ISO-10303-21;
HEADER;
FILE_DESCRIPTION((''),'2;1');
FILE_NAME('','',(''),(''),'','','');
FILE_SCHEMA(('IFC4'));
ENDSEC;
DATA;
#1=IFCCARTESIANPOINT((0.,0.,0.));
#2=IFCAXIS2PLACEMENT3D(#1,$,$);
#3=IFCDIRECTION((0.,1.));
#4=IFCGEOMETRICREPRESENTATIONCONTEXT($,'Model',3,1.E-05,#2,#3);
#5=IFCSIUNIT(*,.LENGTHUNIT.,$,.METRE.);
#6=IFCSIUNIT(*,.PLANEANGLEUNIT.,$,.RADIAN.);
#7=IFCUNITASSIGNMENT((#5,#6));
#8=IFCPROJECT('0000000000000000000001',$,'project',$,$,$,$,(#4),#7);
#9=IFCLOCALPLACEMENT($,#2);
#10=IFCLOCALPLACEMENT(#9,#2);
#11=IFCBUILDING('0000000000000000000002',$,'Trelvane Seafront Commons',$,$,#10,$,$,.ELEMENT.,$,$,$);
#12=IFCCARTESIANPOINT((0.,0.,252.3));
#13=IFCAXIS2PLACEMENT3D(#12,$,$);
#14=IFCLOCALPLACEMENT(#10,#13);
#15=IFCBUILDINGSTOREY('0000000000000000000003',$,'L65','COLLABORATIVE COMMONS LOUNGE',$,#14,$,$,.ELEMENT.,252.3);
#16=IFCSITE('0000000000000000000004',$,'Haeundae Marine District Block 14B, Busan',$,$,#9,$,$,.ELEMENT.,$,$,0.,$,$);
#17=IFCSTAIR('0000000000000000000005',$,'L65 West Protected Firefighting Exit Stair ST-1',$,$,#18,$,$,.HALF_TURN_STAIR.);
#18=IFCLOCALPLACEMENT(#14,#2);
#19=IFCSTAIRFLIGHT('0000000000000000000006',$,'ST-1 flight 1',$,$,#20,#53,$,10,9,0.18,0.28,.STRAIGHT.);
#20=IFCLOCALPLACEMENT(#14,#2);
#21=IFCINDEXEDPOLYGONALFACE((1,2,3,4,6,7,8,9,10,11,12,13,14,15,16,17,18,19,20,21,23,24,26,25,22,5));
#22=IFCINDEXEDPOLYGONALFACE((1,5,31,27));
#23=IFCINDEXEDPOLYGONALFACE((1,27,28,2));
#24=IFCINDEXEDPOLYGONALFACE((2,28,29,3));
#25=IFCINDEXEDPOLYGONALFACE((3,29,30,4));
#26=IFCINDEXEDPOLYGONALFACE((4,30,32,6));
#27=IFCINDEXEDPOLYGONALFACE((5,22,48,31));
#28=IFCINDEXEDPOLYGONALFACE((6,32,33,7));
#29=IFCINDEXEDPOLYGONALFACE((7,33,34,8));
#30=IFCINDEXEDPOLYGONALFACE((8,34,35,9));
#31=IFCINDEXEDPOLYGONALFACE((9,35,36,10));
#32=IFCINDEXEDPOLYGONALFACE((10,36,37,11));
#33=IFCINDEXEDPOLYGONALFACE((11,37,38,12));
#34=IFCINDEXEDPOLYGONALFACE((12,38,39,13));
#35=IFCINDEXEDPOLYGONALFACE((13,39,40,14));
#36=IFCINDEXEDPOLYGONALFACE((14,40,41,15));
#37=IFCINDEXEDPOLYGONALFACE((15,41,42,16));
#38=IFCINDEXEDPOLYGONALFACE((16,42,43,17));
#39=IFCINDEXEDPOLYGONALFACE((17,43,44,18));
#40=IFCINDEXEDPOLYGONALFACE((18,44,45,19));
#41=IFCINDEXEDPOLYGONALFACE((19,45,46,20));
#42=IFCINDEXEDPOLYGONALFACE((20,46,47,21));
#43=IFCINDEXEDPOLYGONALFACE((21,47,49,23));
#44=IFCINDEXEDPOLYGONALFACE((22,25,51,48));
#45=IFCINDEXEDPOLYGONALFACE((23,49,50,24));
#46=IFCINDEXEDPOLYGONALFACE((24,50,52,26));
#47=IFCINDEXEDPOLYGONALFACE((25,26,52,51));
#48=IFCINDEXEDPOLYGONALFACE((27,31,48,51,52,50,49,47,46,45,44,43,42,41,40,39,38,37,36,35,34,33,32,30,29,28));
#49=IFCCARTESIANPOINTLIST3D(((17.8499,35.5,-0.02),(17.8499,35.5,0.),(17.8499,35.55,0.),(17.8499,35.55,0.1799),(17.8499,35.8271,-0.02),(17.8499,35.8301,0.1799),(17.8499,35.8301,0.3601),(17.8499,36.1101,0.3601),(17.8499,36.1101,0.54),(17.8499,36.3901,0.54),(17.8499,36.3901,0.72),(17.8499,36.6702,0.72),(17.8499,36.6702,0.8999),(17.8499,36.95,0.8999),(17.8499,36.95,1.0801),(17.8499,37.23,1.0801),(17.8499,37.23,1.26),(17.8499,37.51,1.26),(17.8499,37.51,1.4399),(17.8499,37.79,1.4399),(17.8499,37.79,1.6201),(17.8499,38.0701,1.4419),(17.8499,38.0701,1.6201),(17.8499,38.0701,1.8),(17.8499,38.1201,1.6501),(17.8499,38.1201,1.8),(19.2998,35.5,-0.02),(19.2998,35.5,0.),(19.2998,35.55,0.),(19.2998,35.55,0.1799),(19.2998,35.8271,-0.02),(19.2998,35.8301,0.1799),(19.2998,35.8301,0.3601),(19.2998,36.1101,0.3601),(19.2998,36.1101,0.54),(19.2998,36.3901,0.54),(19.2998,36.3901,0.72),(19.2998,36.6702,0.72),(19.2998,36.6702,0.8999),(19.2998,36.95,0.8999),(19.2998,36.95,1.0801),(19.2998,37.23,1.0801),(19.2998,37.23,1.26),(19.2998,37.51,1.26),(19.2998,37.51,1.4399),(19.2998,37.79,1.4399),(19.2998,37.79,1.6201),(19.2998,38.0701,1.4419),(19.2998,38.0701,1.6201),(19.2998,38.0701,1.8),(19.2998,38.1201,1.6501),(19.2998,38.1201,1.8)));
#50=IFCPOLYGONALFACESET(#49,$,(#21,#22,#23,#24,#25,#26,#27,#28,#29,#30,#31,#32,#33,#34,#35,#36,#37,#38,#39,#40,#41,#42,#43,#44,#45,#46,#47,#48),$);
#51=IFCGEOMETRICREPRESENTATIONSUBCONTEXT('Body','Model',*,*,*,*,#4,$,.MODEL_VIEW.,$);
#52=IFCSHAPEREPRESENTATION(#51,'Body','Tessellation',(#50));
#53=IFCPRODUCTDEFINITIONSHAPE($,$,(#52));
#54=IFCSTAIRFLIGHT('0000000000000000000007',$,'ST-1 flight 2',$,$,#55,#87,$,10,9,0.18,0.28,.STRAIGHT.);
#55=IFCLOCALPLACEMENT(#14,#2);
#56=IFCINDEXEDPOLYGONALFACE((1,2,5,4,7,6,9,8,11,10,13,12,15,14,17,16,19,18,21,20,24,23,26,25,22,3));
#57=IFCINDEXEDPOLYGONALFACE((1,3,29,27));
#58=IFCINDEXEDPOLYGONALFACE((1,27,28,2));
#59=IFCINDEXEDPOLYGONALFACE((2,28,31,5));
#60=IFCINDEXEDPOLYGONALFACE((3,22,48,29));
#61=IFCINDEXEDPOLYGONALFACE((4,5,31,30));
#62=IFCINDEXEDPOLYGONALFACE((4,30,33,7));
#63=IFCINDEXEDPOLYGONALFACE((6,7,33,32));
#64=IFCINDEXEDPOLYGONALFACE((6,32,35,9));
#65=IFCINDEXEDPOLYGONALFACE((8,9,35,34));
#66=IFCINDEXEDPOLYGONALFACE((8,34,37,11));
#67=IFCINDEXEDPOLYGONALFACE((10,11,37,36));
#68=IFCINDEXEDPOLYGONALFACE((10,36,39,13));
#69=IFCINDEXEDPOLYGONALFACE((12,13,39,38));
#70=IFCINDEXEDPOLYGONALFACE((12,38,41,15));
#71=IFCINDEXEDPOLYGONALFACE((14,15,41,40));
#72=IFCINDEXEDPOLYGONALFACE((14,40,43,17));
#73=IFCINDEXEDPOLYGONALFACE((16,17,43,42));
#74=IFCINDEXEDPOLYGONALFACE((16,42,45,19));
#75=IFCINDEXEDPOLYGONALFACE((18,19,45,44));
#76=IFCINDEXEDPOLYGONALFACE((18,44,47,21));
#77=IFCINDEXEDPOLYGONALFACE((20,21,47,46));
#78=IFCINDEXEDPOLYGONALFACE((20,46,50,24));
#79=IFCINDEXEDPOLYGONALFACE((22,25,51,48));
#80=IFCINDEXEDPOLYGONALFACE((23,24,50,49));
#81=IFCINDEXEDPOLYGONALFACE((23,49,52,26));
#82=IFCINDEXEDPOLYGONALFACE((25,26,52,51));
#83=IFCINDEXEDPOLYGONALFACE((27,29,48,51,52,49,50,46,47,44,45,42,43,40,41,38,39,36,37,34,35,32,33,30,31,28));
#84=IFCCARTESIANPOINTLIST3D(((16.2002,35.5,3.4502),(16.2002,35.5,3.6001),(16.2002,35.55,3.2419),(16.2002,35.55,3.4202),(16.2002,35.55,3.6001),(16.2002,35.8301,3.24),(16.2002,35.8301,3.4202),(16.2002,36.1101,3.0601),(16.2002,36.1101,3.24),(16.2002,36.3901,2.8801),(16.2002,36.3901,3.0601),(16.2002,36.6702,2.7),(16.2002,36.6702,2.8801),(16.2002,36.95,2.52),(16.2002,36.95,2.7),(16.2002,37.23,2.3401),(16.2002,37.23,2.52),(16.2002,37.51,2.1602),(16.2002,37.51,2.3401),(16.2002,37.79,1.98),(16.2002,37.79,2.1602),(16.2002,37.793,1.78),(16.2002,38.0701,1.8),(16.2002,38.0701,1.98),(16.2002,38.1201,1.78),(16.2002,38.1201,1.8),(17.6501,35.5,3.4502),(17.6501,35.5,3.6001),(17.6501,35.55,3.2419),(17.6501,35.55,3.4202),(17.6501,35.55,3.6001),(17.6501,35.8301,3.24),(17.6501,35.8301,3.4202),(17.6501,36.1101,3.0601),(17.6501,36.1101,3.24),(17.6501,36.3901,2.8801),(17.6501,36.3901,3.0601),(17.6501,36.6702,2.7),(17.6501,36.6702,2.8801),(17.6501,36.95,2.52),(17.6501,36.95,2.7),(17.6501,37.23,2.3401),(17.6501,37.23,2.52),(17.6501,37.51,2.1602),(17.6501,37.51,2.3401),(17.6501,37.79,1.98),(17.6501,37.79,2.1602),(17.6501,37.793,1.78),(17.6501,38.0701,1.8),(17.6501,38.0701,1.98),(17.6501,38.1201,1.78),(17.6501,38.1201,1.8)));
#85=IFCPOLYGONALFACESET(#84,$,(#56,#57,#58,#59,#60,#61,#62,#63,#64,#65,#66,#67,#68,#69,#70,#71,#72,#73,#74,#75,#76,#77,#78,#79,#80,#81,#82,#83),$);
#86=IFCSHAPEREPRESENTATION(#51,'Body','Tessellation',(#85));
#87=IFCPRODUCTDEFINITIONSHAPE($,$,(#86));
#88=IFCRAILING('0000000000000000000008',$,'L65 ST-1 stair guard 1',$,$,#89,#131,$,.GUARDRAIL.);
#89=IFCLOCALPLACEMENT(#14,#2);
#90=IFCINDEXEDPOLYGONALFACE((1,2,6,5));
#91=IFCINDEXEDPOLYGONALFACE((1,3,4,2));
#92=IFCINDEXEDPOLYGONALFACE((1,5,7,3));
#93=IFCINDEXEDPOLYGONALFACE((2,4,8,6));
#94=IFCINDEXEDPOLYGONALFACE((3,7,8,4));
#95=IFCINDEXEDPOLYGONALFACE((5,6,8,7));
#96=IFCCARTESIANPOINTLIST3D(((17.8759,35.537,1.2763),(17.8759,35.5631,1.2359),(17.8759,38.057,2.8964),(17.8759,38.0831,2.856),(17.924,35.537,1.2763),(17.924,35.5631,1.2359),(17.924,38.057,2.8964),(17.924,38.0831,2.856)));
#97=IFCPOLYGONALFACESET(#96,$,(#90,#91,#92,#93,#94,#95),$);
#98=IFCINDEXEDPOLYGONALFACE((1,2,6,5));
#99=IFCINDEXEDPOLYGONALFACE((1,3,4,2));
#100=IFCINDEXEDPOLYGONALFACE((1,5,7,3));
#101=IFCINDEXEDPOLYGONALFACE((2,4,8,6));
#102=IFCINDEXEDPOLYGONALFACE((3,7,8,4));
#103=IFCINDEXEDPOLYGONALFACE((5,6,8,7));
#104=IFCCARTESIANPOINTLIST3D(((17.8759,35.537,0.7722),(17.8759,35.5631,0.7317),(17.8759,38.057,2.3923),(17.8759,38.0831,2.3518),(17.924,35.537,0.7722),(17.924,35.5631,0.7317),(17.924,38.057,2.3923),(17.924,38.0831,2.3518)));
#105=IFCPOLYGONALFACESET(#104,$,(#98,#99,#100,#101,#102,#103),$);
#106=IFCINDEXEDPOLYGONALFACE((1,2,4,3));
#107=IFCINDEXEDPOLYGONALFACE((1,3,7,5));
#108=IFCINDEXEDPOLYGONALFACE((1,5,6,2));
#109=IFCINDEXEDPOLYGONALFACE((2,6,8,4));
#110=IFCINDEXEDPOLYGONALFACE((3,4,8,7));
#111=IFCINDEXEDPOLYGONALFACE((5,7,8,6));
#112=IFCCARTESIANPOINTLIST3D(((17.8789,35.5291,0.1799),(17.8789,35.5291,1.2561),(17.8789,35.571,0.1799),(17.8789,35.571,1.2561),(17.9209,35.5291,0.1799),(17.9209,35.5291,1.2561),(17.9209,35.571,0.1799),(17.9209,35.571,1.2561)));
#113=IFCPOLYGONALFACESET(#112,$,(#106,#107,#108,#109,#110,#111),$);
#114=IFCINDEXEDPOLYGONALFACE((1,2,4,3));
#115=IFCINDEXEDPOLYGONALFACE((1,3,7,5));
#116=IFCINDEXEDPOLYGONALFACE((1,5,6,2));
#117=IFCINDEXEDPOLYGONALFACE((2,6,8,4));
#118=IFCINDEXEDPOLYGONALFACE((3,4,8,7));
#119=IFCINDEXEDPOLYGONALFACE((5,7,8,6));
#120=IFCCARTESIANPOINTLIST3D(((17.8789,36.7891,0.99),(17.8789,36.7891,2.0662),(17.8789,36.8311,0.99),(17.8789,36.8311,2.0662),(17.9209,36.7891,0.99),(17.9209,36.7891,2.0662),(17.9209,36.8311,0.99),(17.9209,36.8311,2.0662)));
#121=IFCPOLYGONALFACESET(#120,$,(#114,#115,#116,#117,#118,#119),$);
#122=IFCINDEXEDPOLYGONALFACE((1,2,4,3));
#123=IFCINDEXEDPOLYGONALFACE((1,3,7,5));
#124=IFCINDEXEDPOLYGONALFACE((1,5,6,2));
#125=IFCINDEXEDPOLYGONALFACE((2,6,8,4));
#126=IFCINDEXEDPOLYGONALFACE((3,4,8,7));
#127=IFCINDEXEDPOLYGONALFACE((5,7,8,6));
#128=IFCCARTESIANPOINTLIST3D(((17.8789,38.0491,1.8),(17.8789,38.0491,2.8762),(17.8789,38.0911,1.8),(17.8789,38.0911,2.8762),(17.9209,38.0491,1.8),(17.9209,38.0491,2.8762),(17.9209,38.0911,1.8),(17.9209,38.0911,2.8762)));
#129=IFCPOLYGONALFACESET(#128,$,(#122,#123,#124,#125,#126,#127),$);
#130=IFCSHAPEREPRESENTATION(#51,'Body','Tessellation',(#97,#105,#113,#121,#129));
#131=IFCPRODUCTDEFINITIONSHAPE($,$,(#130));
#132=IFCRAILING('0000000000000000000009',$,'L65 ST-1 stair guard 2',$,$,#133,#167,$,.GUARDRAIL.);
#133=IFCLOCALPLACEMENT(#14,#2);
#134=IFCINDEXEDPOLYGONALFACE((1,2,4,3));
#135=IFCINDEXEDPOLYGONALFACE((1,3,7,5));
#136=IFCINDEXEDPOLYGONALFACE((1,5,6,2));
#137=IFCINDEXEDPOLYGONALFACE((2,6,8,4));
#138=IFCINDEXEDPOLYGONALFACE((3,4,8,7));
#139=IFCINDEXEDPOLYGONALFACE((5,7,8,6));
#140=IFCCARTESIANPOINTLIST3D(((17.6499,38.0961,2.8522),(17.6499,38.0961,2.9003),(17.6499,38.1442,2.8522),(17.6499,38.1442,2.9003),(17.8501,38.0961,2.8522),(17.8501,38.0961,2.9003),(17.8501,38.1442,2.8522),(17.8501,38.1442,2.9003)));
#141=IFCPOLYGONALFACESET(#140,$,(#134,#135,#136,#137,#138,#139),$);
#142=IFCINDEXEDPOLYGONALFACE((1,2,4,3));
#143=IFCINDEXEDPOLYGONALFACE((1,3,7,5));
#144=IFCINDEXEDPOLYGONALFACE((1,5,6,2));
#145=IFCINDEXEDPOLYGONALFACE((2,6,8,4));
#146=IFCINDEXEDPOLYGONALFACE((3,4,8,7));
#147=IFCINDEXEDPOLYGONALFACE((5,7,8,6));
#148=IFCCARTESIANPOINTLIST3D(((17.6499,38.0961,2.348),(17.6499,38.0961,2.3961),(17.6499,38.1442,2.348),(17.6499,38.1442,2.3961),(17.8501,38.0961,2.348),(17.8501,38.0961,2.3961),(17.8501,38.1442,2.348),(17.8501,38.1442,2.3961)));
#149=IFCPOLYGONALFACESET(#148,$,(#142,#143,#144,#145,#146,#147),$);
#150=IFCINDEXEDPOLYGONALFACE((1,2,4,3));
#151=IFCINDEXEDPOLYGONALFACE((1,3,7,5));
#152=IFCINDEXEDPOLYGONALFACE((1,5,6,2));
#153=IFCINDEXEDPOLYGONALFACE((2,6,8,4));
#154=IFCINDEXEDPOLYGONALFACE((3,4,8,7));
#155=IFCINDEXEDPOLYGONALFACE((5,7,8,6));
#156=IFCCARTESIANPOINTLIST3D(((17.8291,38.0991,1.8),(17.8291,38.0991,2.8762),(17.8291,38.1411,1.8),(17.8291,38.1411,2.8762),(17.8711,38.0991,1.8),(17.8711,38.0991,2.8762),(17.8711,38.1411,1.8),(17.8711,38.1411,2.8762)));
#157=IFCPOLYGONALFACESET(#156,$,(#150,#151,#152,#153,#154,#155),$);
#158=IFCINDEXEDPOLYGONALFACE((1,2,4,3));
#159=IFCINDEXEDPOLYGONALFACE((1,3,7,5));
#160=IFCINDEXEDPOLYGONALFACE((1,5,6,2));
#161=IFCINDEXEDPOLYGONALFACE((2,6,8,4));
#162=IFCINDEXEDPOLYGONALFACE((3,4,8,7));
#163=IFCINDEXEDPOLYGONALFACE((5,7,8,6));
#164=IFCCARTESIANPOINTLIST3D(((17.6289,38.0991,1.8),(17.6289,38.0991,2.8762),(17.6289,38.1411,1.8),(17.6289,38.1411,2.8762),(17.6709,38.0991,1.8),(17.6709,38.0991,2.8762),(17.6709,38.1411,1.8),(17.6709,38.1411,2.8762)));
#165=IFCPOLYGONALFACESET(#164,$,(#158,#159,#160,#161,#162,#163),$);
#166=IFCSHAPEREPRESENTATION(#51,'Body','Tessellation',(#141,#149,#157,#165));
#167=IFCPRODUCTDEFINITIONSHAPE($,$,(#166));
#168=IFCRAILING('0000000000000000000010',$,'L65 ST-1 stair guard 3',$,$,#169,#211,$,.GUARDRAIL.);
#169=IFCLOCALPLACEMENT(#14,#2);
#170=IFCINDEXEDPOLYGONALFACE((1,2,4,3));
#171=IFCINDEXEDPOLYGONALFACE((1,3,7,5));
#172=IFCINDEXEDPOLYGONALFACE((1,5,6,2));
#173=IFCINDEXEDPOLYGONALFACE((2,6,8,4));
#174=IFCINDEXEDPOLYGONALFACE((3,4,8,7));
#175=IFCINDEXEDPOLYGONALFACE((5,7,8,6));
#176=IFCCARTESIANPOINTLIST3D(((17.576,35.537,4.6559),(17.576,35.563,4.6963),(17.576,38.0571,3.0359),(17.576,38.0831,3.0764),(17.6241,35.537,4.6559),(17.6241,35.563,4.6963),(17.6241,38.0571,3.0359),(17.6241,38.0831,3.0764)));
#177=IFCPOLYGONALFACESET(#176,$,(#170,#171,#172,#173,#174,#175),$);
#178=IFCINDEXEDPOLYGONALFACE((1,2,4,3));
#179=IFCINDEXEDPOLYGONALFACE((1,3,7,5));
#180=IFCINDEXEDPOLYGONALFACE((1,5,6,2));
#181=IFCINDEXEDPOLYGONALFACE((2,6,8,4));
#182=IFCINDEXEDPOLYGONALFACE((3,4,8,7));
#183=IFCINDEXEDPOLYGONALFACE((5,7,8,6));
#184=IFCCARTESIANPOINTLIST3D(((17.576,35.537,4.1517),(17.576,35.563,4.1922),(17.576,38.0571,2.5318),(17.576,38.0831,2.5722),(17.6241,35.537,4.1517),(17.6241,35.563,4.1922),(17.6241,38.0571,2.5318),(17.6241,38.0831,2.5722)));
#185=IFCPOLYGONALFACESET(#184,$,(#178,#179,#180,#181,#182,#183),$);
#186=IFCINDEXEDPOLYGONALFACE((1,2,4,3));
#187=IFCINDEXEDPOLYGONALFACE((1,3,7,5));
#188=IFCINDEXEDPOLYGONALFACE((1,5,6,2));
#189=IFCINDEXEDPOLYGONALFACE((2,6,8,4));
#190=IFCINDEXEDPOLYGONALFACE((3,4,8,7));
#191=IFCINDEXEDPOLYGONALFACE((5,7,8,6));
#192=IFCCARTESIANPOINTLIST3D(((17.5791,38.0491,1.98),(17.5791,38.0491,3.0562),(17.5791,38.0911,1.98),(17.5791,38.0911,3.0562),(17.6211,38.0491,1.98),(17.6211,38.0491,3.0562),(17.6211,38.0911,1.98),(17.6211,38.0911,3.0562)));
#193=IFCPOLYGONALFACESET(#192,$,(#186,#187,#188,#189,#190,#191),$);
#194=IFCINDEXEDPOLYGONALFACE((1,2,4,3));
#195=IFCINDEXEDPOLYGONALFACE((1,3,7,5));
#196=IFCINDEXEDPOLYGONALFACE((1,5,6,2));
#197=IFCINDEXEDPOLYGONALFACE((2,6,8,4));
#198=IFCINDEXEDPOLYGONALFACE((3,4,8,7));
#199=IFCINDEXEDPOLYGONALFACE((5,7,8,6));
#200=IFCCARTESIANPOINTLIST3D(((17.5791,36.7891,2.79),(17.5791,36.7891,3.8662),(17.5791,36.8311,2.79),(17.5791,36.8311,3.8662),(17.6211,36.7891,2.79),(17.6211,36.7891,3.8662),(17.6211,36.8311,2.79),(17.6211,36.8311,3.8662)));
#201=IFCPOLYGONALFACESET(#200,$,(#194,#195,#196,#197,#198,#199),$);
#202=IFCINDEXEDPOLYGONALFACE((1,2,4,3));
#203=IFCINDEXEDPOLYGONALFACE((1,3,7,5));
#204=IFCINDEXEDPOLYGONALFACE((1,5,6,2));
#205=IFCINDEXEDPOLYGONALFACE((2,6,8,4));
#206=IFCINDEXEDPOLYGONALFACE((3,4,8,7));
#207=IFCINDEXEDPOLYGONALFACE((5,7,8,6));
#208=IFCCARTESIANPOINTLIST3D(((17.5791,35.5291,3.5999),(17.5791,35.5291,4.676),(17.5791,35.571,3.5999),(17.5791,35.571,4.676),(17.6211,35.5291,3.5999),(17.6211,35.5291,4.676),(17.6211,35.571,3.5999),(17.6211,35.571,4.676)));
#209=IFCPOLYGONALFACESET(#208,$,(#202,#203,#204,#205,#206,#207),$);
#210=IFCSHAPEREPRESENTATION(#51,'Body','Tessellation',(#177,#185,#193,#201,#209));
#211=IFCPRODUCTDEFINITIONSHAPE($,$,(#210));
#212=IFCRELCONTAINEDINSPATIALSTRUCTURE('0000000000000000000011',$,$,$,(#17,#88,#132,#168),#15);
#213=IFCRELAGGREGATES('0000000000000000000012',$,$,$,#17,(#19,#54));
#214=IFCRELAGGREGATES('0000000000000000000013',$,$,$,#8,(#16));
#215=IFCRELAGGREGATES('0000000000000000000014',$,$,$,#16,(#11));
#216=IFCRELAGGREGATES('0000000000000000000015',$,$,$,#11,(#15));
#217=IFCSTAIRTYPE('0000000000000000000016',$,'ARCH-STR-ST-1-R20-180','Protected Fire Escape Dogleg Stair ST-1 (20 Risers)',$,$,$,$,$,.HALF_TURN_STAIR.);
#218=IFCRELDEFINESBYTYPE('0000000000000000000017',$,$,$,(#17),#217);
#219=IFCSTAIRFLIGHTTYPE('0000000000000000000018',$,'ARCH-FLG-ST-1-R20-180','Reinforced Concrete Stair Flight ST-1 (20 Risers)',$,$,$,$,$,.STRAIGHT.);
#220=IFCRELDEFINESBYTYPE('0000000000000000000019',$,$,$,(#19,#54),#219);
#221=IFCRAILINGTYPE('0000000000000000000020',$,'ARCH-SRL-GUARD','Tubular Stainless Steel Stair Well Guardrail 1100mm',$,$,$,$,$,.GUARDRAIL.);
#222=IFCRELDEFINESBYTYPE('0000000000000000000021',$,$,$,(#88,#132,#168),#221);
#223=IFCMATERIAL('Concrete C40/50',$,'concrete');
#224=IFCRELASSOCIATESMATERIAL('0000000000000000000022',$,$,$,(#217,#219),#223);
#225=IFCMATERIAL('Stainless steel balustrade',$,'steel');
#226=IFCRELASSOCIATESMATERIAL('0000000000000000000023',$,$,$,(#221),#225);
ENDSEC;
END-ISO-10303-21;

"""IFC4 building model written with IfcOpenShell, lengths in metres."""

from ifc_helpers import new_model, si_unit, direction, frame, origin, origin_2d, place, context, subcontext, project, spatial, polyline, rectangle, outline, extrude, source, transform, mapped, material, type_object, element, aggregate, save


model = new_model("IFC4")

# Units and contexts
model_context = context("Model", 3, precision=1e-05, world=origin(), true_north=direction((0.0, 1.0)))
body_context = subcontext(model_context, "Body", "Model", "MODEL_VIEW")
ifc_project = project(units=[si_unit("LENGTHUNIT", "METRE"), si_unit("PLANEANGLEUNIT", "RADIAN")], contexts=[model_context])

# Site, building, storey
site_placement = place(None, origin())
site = spatial("IfcSite", under=ifc_project, at=site_placement, Name="Haeundae Marine District Block 14B, Busan", CompositionType="ELEMENT", RefElevation=0.0)
building_placement = place(site_placement, origin())
building = spatial("IfcBuilding", under=site, at=building_placement, Name="Trelvane Seafront Commons", CompositionType="ELEMENT")
storey_placement = place(building_placement, frame((0.0, 0.0, 252.3)))
storey = spatial("IfcBuildingStorey", under=building, at=storey_placement, Name="L65", Description="COLLABORATIVE COMMONS LOUNGE", CompositionType="ELEMENT", Elevation=252.3)

# Shared definitions
ifc_material_1 = material(Name="Concrete C40/50", Category="concrete")
ifc_material_2 = material(Name="Stainless steel balustrade", Category="steel")

# Stair, stair flights
stair_type = type_object("IfcStairType", Name="ARCH-STR-ST-1-R20-180", Description="Protected Fire Escape Dogleg Stair ST-1 (20 Risers)", PredefinedType="HALF_TURN_STAIR", material=ifc_material_1)
stair_placement = place(storey_placement, origin())
stair = element("IfcStair", 1, at=stair_placement, inside=storey, type_object=stair_type, Name="L65 West Protected Firefighting Exit Stair ST-1", PredefinedType="HALF_TURN_STAIR")
stair_flight_type = type_object("IfcStairFlightType", Name="ARCH-FLG-ST-1-R20-180", Description="Reinforced Concrete Stair Flight ST-1 (20 Risers)", PredefinedType="STRAIGHT", material=ifc_material_1)
shared_shape_1 = source(origin(), body_context, "Body", "SweptSolid", [
    extrude(outline(polyline([(-0.05, -0.02), (-0.05, 0.0), (0.0, 0.0), (0.0, 0.1799), (0.28, 0.1799), (0.28, 0.3601), (0.5601, 0.3601), (0.5601, 0.54), (0.8401, 0.54), (0.8401, 0.72), (1.1201, 0.72), (1.1201, 0.8999), (1.3999, 0.8999), (1.3999, 1.0801), (1.6799, 1.0801), (1.6799, 1.26), (1.96, 1.26), (1.96, 1.4399), (2.24, 1.4399), (2.24, 1.6201), (2.52, 1.6201), (2.52, 1.8), (2.5701, 1.8), (2.5701, 1.6501), (2.52, 1.4419), (0.2771, -0.02), (-0.05, -0.02)])), frame((0.0, 0.7251, 0.0), z_axis=(0.0, -1.0, 0.0), x_axis=(1.0, 0.0, 0.0)), (0.0, 0.0, 1.0), 1.45),
])
stair_flight_1_placement = place(storey_placement, frame((18.575, 35.55, 0.0), z_axis=(0.0, 0.0, 1.0), x_axis=(0.0, 1.0, 0.0)))
stair_flight_1 = element("IfcStairFlight", 2, at=stair_flight_1_placement, type_object=stair_flight_type, Name="ST-1 flight 1", NumberOfRisers=10, NumberOfTreads=9, PredefinedType="STRAIGHT", RiserHeight=0.18, TreadLength=0.28, context=body_context, shape_type="MappedRepresentation", body=[
    mapped(shared_shape_1, transform((0.0, 0.0, 0.0), x_axis=(1.0, 0.0, 0.0), y_axis=(0.0, 1.0, 0.0), z_axis=(0.0, 0.0, 1.0), scale=1.0)),
])
stair_flight_2_placement = place(storey_placement, frame((16.925, 38.0701, 1.8), z_axis=(0.0, 0.0, 1.0), x_axis=(0.0, -1.0, 0.0)))
stair_flight_2 = element("IfcStairFlight", 3, at=stair_flight_2_placement, type_object=stair_flight_type, Name="ST-1 flight 2", NumberOfRisers=10, NumberOfTreads=9, PredefinedType="STRAIGHT", RiserHeight=0.18, TreadLength=0.28, context=body_context, shape_type="MappedRepresentation", body=[
    mapped(shared_shape_1, transform((0.0, 0.0, 0.0), x_axis=(1.0, 0.0, 0.0), y_axis=(0.0, 1.0, 0.0), z_axis=(0.0, 0.0, 1.0), scale=1.0)),
])
aggregate(stair, [stair_flight_1, stair_flight_2])

# Railings
railing_type_1 = type_object("IfcRailingType", Name="ARCH-SRL-GUARD", Description="Tubular Stainless Steel Stair Well Guardrail 1100mm", PredefinedType="GUARDRAIL", material=ifc_material_2)
railing_1_placement = place(storey_placement, frame((17.8999, 35.55, 0.1799)))
element("IfcRailing", 4, at=railing_1_placement, inside=storey, type_object=railing_type_1, Name="L65 ST-1 stair guard 1", PredefinedType="GUARDRAIL", context=body_context, shape_type="SweptSolid", body=[
    extrude(rectangle(XDim=0.0481, YDim=0.0481, at=origin_2d()), frame((0.0, 0.0, 1.0762), z_axis=(0.0, 0.841163, 0.540782), x_axis=(-1.0, 0.0, 0.0)), (0.0, 0.0, 1.0), 2.9958),
    extrude(rectangle(XDim=0.0481, YDim=0.0481, at=origin_2d()), frame((0.0, 0.0, 0.572), z_axis=(0.0, 0.841163, 0.540782), x_axis=(-1.0, 0.0, 0.0)), (0.0, 0.0, 1.0), 2.9958),
    extrude(rectangle(XDim=0.042, YDim=0.042, at=origin_2d()), origin(), (0.0, 0.0, 1.0), 1.0762),
    extrude(rectangle(XDim=0.042, YDim=0.042, at=origin_2d()), frame((0.0, 1.26, 0.8101)), (0.0, 0.0, 1.0), 1.0762),
    extrude(rectangle(XDim=0.042, YDim=0.042, at=origin_2d()), frame((0.0, 2.52, 1.6201)), (0.0, 0.0, 1.0), 1.0762),
])
railing_2_placement = place(storey_placement, frame((17.8501, 38.1201, 1.8)))
element("IfcRailing", 5, at=railing_2_placement, inside=storey, type_object=railing_type_1, Name="L65 ST-1 stair guard 2", PredefinedType="GUARDRAIL", context=body_context, shape_type="SweptSolid", body=[
    extrude(rectangle(XDim=0.0481, YDim=0.0481, at=origin_2d()), frame((0.0, 0.0, 1.0762), z_axis=(-1.0, 0.0, 0.0), x_axis=(0.0, -1.0, 0.0)), (0.0, 0.0, 1.0), 0.2002),
    extrude(rectangle(XDim=0.0481, YDim=0.0481, at=origin_2d()), frame((0.0, 0.0, 0.572), z_axis=(-1.0, 0.0, 0.0), x_axis=(0.0, -1.0, 0.0)), (0.0, 0.0, 1.0), 0.2002),
    extrude(rectangle(XDim=0.042, YDim=0.042, at=origin_2d()), origin(), (0.0, 0.0, 1.0), 1.0762),
    extrude(rectangle(XDim=0.042, YDim=0.042, at=origin_2d()), frame((-0.2002, 0.0, 0.0)), (0.0, 0.0, 1.0), 1.0762),
])
railing_3_placement = place(storey_placement, frame((17.6001, 38.0701, 1.98)))
element("IfcRailing", 6, at=railing_3_placement, inside=storey, type_object=railing_type_1, Name="L65 ST-1 stair guard 3", PredefinedType="GUARDRAIL", context=body_context, shape_type="SweptSolid", body=[
    extrude(rectangle(XDim=0.0481, YDim=0.0481, at=origin_2d()), frame((0.0, 0.0, 1.0762), z_axis=(0.0, -0.8412, 0.540725), x_axis=(1.0, 0.0, 0.0)), (0.0, 0.0, 1.0), 2.9958),
    extrude(rectangle(XDim=0.0481, YDim=0.0481, at=origin_2d()), frame((0.0, 0.0, 0.572), z_axis=(0.0, -0.8412, 0.540725), x_axis=(1.0, 0.0, 0.0)), (0.0, 0.0, 1.0), 2.9958),
    extrude(rectangle(XDim=0.042, YDim=0.042, at=origin_2d()), origin(), (0.0, 0.0, 1.0), 1.0762),
    extrude(rectangle(XDim=0.042, YDim=0.042, at=origin_2d()), frame((0.0, -1.26, 0.8101)), (0.0, 0.0, 1.0), 1.0762),
    extrude(rectangle(XDim=0.042, YDim=0.042, at=origin_2d()), frame((0.0, -2.52, 1.6199)), (0.0, 0.0, 1.0), 1.0762),
])

save(model, "model.ifc")
